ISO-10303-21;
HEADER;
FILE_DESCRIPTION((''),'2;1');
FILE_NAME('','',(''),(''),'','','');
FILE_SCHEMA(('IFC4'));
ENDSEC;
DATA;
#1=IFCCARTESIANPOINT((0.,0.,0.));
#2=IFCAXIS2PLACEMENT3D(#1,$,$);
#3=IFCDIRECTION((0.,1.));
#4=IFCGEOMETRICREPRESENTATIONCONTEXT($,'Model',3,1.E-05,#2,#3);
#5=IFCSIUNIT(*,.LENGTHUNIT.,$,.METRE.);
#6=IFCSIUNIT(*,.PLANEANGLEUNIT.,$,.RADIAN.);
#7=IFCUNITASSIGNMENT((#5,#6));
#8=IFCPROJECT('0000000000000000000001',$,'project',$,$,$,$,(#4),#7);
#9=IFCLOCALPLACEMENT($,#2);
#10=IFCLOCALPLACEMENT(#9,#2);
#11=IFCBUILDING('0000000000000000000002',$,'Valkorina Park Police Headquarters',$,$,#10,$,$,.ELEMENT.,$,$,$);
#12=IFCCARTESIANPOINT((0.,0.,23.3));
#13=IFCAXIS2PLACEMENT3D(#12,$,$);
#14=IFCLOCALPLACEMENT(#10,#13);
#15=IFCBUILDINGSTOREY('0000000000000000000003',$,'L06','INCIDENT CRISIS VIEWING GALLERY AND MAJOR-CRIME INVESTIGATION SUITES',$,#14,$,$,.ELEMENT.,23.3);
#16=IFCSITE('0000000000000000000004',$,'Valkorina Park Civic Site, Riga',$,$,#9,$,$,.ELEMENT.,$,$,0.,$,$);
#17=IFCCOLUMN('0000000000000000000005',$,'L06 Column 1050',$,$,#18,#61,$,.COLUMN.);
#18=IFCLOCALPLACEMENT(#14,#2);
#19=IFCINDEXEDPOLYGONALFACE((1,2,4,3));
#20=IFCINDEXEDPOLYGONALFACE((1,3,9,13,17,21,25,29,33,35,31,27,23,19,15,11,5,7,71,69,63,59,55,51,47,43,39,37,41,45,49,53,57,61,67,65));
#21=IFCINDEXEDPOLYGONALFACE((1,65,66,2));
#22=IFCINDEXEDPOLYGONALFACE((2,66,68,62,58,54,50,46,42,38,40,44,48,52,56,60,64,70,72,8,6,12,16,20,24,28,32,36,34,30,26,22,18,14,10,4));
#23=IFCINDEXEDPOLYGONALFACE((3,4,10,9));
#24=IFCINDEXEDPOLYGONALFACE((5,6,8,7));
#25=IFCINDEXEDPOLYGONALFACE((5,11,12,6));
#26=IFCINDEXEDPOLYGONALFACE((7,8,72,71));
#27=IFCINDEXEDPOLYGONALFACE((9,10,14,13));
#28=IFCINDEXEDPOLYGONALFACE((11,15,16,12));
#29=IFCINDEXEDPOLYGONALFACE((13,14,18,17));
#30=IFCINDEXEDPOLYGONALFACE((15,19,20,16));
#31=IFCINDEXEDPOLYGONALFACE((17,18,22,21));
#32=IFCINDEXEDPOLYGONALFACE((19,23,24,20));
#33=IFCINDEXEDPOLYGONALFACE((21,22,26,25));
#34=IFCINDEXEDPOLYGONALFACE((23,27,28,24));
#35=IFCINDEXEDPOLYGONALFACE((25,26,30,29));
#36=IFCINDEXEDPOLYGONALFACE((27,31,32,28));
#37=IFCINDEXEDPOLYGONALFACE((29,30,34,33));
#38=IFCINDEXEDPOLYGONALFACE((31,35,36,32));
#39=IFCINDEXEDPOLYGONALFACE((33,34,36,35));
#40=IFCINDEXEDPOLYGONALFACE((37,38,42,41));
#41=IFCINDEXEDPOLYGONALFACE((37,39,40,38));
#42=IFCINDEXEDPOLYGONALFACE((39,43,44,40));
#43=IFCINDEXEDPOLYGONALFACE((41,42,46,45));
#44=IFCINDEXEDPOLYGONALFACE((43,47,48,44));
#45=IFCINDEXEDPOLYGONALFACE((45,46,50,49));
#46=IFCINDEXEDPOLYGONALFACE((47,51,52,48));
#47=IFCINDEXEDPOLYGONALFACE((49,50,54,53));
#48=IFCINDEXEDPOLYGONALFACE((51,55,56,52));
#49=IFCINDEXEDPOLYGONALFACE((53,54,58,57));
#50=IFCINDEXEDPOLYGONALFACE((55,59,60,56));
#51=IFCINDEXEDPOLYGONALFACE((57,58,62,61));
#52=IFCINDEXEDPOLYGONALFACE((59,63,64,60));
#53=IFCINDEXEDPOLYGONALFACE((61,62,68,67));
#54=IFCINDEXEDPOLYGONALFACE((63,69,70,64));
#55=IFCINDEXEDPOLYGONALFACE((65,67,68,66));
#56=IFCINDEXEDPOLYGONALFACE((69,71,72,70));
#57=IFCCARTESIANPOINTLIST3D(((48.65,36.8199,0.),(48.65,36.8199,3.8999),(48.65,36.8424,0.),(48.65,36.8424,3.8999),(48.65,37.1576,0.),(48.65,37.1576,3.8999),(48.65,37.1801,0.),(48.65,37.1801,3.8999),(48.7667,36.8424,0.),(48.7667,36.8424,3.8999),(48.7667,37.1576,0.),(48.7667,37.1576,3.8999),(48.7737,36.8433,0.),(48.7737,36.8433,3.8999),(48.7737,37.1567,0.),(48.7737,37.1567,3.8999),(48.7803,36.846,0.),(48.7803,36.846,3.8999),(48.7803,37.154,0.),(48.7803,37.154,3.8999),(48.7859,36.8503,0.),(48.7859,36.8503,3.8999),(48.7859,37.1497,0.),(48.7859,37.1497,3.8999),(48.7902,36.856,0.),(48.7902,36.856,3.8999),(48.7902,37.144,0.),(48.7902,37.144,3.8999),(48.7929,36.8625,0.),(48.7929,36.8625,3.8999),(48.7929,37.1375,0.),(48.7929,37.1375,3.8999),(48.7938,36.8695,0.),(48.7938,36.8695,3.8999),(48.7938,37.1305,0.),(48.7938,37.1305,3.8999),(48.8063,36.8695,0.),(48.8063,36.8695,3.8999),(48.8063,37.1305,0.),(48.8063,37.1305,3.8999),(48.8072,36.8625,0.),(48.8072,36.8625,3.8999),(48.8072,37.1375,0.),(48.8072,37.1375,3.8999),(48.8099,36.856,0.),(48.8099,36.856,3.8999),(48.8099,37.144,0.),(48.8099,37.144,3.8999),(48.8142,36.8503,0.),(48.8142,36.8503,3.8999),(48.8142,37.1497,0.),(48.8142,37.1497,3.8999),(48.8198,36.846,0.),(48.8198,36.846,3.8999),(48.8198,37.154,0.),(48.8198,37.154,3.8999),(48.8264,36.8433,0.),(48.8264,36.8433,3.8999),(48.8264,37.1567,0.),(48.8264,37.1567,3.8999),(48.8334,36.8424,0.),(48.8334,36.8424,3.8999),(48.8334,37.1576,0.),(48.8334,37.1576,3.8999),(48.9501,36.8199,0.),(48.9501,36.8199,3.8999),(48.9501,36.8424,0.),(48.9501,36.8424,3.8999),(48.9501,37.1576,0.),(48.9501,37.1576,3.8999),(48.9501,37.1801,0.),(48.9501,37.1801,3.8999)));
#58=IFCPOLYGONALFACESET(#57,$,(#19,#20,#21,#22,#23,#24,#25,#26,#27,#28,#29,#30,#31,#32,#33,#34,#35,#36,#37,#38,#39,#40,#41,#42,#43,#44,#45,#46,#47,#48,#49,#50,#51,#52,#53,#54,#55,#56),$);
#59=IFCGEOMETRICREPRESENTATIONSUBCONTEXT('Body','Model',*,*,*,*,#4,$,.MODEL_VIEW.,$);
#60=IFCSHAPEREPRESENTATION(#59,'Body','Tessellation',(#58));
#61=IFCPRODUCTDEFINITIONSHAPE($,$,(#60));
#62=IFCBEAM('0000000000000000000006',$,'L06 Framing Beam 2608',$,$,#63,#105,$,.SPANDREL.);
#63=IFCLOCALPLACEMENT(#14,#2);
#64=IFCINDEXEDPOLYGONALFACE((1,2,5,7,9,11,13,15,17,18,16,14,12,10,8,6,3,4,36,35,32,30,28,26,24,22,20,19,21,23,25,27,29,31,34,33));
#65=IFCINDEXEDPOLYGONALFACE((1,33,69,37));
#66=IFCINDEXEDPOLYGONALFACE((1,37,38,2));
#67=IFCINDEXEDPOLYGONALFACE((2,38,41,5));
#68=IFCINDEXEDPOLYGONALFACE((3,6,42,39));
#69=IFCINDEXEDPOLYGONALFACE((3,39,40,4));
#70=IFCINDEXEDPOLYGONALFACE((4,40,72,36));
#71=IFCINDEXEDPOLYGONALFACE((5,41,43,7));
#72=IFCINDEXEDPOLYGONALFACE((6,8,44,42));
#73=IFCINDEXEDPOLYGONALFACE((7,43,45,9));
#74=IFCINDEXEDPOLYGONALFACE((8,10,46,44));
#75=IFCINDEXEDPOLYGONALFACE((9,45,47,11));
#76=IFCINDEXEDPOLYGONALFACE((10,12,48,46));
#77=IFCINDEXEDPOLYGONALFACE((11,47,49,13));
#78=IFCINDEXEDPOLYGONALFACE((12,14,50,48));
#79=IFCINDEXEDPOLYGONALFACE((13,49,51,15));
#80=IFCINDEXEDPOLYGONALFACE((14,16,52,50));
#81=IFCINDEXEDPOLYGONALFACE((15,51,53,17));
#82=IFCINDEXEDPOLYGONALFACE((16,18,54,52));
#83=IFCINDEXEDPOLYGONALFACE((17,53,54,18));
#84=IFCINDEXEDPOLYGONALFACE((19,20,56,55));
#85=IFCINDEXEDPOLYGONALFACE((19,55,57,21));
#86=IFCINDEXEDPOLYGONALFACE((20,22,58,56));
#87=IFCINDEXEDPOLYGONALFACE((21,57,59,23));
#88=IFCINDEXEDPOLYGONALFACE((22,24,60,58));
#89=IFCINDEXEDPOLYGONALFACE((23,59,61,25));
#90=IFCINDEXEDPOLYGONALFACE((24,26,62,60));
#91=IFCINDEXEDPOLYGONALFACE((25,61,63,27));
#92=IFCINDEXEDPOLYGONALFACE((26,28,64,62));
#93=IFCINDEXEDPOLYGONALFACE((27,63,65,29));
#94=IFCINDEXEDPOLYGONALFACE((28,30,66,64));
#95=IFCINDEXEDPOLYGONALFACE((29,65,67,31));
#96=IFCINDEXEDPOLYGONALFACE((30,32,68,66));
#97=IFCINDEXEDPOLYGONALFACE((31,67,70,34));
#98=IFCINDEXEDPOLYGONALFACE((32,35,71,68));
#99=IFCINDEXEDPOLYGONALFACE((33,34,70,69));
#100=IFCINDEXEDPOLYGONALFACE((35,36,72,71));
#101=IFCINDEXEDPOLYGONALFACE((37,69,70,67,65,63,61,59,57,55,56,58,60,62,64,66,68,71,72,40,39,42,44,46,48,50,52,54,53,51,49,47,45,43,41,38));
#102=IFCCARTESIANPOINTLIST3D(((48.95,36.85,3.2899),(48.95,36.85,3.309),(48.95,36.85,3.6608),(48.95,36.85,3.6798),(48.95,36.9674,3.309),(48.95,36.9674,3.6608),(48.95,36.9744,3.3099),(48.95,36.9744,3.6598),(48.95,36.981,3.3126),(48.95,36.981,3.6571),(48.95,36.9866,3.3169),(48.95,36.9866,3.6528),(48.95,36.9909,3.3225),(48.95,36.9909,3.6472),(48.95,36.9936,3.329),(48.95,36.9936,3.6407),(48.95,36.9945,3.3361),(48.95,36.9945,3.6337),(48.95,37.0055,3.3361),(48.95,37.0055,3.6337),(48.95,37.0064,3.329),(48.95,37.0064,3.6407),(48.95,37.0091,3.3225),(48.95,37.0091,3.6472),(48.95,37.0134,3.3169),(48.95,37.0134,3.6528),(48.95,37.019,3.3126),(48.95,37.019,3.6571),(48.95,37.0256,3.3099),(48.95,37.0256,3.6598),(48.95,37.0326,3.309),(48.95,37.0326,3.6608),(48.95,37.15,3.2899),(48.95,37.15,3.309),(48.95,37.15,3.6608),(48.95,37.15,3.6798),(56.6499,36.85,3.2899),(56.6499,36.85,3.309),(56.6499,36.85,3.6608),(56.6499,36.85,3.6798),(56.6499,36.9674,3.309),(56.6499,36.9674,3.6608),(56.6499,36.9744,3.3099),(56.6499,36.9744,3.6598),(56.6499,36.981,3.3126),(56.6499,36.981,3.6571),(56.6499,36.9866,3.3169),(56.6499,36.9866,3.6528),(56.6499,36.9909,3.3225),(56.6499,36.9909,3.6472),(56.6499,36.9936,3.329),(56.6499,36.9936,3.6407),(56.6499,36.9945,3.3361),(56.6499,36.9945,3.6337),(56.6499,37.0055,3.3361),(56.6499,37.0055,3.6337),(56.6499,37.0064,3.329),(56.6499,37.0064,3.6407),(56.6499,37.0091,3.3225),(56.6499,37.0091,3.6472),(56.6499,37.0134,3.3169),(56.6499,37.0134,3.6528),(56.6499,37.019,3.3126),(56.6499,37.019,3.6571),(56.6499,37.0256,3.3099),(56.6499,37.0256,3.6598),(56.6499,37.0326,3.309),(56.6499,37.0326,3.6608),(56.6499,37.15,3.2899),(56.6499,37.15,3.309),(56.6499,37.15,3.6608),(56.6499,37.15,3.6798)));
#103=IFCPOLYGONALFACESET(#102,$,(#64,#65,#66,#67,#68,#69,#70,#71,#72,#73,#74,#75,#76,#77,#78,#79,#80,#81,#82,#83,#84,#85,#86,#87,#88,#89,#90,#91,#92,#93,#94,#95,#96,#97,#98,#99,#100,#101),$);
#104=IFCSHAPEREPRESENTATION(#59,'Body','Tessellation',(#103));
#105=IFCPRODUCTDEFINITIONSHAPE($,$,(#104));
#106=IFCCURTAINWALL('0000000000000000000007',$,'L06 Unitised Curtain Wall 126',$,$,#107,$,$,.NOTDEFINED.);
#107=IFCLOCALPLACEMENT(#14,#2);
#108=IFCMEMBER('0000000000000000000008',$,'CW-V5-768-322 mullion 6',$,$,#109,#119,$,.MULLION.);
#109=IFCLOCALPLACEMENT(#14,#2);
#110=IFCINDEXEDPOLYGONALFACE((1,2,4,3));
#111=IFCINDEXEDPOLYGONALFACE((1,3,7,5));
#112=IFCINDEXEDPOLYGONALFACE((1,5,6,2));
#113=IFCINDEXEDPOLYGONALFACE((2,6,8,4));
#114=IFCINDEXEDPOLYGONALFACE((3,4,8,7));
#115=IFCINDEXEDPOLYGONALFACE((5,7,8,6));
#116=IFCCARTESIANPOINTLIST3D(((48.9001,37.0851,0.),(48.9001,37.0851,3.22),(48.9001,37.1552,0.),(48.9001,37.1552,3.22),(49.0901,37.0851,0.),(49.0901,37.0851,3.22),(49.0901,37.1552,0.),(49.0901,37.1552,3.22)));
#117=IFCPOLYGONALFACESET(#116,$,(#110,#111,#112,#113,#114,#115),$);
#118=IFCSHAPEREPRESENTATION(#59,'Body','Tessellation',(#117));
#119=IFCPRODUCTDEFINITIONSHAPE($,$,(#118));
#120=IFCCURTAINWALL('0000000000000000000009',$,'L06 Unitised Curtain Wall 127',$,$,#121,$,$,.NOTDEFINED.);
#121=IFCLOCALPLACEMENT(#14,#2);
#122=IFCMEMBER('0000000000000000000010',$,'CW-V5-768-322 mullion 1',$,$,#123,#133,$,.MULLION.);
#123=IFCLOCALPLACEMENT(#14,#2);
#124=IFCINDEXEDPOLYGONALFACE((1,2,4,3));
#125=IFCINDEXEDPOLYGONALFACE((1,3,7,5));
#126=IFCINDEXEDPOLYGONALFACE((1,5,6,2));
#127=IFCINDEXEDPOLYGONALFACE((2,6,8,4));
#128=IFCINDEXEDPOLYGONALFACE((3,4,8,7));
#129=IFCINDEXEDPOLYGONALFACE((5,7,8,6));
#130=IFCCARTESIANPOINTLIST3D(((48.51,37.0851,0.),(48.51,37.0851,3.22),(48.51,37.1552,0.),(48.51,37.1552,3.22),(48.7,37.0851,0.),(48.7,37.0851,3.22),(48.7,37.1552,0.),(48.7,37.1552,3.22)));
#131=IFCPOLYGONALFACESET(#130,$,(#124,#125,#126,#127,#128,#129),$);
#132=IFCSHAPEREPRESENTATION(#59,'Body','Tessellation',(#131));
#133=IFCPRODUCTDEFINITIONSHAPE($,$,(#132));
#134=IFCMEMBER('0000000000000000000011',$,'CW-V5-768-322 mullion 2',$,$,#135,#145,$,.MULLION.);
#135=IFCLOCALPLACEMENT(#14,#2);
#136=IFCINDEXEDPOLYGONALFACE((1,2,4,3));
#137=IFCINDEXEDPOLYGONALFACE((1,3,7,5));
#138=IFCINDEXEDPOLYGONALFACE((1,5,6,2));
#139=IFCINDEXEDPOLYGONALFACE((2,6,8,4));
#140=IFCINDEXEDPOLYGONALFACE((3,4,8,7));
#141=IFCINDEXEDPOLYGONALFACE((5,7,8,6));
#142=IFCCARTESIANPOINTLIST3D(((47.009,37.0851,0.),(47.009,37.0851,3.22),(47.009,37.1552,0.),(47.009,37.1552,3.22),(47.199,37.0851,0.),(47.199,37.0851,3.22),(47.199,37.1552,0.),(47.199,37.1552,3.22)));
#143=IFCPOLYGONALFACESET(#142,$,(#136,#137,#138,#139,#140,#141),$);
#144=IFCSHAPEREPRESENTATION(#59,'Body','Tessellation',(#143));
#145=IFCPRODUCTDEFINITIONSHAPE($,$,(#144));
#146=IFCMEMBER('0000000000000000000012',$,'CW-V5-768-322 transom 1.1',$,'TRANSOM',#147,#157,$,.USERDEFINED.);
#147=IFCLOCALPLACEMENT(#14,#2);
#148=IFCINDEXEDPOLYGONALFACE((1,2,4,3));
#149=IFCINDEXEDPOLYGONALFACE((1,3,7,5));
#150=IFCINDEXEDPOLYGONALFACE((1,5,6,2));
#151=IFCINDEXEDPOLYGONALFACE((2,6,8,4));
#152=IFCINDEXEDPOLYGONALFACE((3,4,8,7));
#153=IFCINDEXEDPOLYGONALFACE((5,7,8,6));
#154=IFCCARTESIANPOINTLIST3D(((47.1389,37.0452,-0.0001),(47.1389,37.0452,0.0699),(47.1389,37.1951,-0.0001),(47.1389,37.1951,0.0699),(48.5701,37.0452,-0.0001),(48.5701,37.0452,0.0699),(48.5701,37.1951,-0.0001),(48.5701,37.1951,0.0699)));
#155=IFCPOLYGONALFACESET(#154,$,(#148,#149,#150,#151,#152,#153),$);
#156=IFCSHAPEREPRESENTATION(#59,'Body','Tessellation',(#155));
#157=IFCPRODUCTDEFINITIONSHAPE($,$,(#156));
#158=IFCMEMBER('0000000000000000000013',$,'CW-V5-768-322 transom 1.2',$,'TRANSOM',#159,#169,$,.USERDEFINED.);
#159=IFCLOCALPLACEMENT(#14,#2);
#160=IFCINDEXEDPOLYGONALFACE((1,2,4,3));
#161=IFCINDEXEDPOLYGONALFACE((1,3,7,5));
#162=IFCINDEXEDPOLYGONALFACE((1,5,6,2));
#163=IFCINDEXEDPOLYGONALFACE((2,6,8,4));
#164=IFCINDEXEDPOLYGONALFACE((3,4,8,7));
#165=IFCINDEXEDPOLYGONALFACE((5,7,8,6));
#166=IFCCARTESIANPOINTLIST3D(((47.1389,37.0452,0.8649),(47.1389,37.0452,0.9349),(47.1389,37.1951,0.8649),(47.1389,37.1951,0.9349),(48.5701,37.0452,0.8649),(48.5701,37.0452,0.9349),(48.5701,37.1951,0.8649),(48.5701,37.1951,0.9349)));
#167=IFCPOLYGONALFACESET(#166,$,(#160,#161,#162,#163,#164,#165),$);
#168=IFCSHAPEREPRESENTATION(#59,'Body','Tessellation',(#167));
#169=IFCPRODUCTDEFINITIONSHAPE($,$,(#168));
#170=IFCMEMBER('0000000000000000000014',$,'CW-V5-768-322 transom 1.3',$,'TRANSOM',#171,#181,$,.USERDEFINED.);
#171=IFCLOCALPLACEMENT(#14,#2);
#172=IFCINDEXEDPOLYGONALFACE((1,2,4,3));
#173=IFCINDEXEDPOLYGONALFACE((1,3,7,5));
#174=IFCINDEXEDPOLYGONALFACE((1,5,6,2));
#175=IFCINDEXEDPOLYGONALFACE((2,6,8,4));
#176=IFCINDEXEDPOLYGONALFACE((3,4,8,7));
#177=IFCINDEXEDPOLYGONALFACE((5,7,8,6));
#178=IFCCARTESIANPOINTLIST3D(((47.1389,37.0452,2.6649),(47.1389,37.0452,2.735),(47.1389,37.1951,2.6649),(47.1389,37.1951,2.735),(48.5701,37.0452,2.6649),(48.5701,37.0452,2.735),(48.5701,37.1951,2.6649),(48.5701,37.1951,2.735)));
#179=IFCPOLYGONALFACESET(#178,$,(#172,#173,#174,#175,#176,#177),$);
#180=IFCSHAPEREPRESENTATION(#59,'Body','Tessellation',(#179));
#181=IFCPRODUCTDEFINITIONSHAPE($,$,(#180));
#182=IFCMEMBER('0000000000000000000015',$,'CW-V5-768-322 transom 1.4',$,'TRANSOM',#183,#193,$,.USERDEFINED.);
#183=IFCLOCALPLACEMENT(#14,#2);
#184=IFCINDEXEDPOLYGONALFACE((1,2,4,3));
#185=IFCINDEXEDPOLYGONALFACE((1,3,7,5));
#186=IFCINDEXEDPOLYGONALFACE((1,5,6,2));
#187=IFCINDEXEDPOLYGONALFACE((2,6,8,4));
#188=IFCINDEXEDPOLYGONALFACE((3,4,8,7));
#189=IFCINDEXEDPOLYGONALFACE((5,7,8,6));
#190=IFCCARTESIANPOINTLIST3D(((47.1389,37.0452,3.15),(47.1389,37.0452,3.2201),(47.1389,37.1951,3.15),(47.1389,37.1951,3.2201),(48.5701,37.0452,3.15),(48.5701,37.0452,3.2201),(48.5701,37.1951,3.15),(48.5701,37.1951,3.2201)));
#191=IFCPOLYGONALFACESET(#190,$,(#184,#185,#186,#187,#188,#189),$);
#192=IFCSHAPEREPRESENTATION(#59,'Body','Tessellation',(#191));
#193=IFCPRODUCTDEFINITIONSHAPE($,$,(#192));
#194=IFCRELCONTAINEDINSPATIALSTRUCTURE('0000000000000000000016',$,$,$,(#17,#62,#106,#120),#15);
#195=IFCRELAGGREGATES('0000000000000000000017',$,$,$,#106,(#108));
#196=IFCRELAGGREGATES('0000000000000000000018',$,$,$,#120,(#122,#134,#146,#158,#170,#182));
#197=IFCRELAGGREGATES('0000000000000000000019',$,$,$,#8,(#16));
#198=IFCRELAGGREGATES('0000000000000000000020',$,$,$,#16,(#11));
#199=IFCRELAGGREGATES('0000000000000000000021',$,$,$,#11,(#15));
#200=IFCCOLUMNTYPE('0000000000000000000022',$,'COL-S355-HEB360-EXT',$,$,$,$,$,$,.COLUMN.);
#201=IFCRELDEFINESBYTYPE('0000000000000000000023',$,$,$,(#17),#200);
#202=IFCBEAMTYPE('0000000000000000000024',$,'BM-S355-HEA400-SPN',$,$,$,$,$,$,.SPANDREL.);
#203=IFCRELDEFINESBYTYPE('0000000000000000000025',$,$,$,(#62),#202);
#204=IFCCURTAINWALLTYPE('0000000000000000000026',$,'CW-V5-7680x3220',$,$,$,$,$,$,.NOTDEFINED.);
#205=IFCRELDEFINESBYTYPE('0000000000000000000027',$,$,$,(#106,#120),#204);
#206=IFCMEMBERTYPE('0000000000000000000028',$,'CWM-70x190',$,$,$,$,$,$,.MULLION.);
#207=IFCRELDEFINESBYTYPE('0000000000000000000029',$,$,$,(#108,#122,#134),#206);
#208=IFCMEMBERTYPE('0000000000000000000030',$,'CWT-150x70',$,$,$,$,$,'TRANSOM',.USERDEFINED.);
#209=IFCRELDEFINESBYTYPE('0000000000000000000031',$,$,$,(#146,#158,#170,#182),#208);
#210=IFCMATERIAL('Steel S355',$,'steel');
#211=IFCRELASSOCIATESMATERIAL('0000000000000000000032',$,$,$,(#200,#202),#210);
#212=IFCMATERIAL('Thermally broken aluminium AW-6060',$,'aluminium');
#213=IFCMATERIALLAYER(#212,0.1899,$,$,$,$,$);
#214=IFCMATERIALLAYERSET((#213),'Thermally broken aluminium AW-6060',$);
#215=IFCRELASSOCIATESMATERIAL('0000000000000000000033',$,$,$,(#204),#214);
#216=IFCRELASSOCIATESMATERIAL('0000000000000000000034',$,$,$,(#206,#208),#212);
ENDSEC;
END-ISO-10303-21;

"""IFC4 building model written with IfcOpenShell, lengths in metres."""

from ifc_helpers import new_model, si_unit, direction, frame, origin, origin_2d, place, context, subcontext, project, spatial, rectangle, i_section, extrude, material, layer, layer_set, material_profile, profile_set, type_object, element, aggregate, save


model = new_model("IFC4")

# Units and contexts
model_context = context("Model", 3, precision=1e-05, world=origin(), true_north=direction((0.0, 1.0)))
body_context = subcontext(model_context, "Body", "Model", "MODEL_VIEW")
ifc_project = project(units=[si_unit("LENGTHUNIT", "METRE"), si_unit("PLANEANGLEUNIT", "RADIAN")], contexts=[model_context])

# Site, building, storey
site_placement = place(None, origin())
site = spatial("IfcSite", under=ifc_project, at=site_placement, Name="Valkorina Park Civic Site, Riga", CompositionType="ELEMENT", RefElevation=0.0)
building_placement = place(site_placement, origin())
building = spatial("IfcBuilding", under=site, at=building_placement, Name="Valkorina Park Police Headquarters", CompositionType="ELEMENT")
storey_placement = place(building_placement, frame((0.0, 0.0, 23.3)))
storey = spatial("IfcBuildingStorey", under=building, at=storey_placement, Name="L06", Description="INCIDENT CRISIS VIEWING GALLERY AND MAJOR-CRIME INVESTIGATION SUITES", CompositionType="ELEMENT", Elevation=23.3)

# Column
ifc_material_1 = material(Name="Steel S355", Category="steel")
ifc_material_profile_1 = material_profile(ifc_material_1, i_section(OverallWidth=0.3, OverallDepth=0.3601, WebThickness=0.0125, FlangeThickness=0.0225, FilletRadius=0.0271, at=origin_2d()), Name="HEB 360")
ifc_profile_set_1 = profile_set([ifc_material_profile_1], Name="Steel S355")
column_type = type_object("IfcColumnType", Name="COL-S355-HEB360-EXT", PredefinedType="COLUMN", material=ifc_profile_set_1)
column_placement = place(storey_placement, frame((48.8, 37.0, 0.0), z_axis=(0.0, 0.0, 1.0), x_axis=(1.0, 0.0, 0.0)))
element("IfcColumn", 1, at=column_placement, inside=storey, type_object=column_type, Name="L06 Column 1050", PredefinedType="COLUMN", context=body_context, shape_type="SweptSolid", body=[
    extrude(i_section(OverallWidth=0.3, OverallDepth=0.3601, WebThickness=0.0125, FlangeThickness=0.0225, FilletRadius=0.0271, at=origin_2d()), origin(), (0.0, 0.0, 1.0), 3.8999),
])

# Beam
ifc_material_profile_2 = material_profile(ifc_material_1, i_section(OverallWidth=0.3, OverallDepth=0.3899, WebThickness=0.011, FlangeThickness=0.019, FilletRadius=0.0271, at=origin_2d()), Name="HEA 400")
ifc_profile_set_2 = profile_set([ifc_material_profile_2], Name="Steel S355")
beam_type = type_object("IfcBeamType", Name="BM-S355-HEA400-SPN", PredefinedType="SPANDREL", material=ifc_profile_set_2)
beam_placement = place(storey_placement, frame((48.95, 37.0, 3.4849), z_axis=(1.0, 0.0, 0.0), x_axis=(0.0, 1.0, 0.0)))
element("IfcBeam", 2, at=beam_placement, inside=storey, type_object=beam_type, Name="L06 Framing Beam 2608", PredefinedType="SPANDREL", context=body_context, shape_type="SweptSolid", body=[
    extrude(i_section(OverallWidth=0.3, OverallDepth=0.3899, WebThickness=0.011, FlangeThickness=0.019, FilletRadius=0.0271, at=origin_2d()), origin(), (0.0, 0.0, 1.0), 7.7),
])

# Curtain wall, member
ifc_material_2 = material(Name="Thermally broken aluminium AW-6060", Category="aluminium")
ifc_layer_1 = layer(ifc_material_2, 0.1899)
ifc_layer_set_1 = layer_set([ifc_layer_1], Name="Thermally broken aluminium AW-6060")
curtain_wall_type = type_object("IfcCurtainWallType", Name="CW-V5-7680x3220", PredefinedType="NOTDEFINED", material=ifc_layer_set_1)
curtain_wall_1_placement = place(storey_placement, origin())
curtain_wall_1 = element("IfcCurtainWall", 3, at=curtain_wall_1_placement, inside=storey, type_object=curtain_wall_type, Name="L06 Unitised Curtain Wall 126", PredefinedType="NOTDEFINED")
ifc_material_profile_3 = material_profile(ifc_material_2, rectangle(XDim=0.0701, YDim=0.1899, at=origin_2d()), Name="CWM-02 70x190")
ifc_profile_set_3 = profile_set([ifc_material_profile_3], Name="Thermally broken aluminium AW-6060")
member_type_1 = type_object("IfcMemberType", Name="CWM-70x190", PredefinedType="MULLION", material=ifc_profile_set_3)
member_1_placement = place(storey_placement, frame((48.9951, 37.1201, 0.0), z_axis=(0.0, 0.0, 1.0), x_axis=(0.0, -1.0, 0.0)))
member_1 = element("IfcMember", 4, at=member_1_placement, type_object=member_type_1, Name="CW-V5-768-322 mullion 6", PredefinedType="MULLION", context=body_context, shape_type="SweptSolid", body=[
    extrude(rectangle(XDim=0.0701, YDim=0.1899, at=origin_2d()), origin(), (0.0, 0.0, 1.0), 3.22),
])

# Curtain wall, members
curtain_wall_2_placement = place(storey_placement, origin())
curtain_wall_2 = element("IfcCurtainWall", 5, at=curtain_wall_2_placement, inside=storey, type_object=curtain_wall_type, Name="L06 Unitised Curtain Wall 127", PredefinedType="NOTDEFINED")
member_2_placement = place(storey_placement, frame((48.605, 37.1201, 0.0), z_axis=(0.0, 0.0, 1.0), x_axis=(0.0, -1.0, 0.0)))
member_2 = element("IfcMember", 6, at=member_2_placement, type_object=member_type_1, Name="CW-V5-768-322 mullion 1", PredefinedType="MULLION", context=body_context, shape_type="SweptSolid", body=[
    extrude(rectangle(XDim=0.0701, YDim=0.1899, at=origin_2d()), origin(), (0.0, 0.0, 1.0), 3.22),
])
member_3_placement = place(storey_placement, frame((47.104, 37.1201, 0.0), z_axis=(0.0, 0.0, 1.0), x_axis=(0.0, -1.0, 0.0)))
member_3 = element("IfcMember", 7, at=member_3_placement, type_object=member_type_1, Name="CW-V5-768-322 mullion 2", PredefinedType="MULLION", context=body_context, shape_type="SweptSolid", body=[
    extrude(rectangle(XDim=0.0701, YDim=0.1899, at=origin_2d()), origin(), (0.0, 0.0, 1.0), 3.22),
])
ifc_material_profile_4 = material_profile(ifc_material_2, rectangle(XDim=0.1499, YDim=0.0701, at=origin_2d()), Name="CWT-02 150x70")
ifc_profile_set_4 = profile_set([ifc_material_profile_4], Name="Thermally broken aluminium AW-6060")
member_type_2 = type_object("IfcMemberType", Name="CWT-150x70", ElementType="TRANSOM", PredefinedType="USERDEFINED", material=ifc_profile_set_4)
member_4_placement = place(storey_placement, frame((48.5701, 37.1201, 0.0349), z_axis=(-1.0, 0.0, 0.0), x_axis=(0.0, -1.0, 0.0)))
member_4 = element("IfcMember", 8, at=member_4_placement, type_object=member_type_2, Name="CW-V5-768-322 transom 1.1", ObjectType="TRANSOM", PredefinedType="USERDEFINED", context=body_context, shape_type="SweptSolid", body=[
    extrude(rectangle(XDim=0.1499, YDim=0.0701, at=origin_2d()), origin(), (0.0, 0.0, 1.0), 1.4312),
])
member_5_placement = place(storey_placement, frame((48.5701, 37.1201, 0.8999), z_axis=(-1.0, 0.0, 0.0), x_axis=(0.0, -1.0, 0.0)))
member_5 = element("IfcMember", 9, at=member_5_placement, type_object=member_type_2, Name="CW-V5-768-322 transom 1.2", ObjectType="TRANSOM", PredefinedType="USERDEFINED", context=body_context, shape_type="SweptSolid", body=[
    extrude(rectangle(XDim=0.1499, YDim=0.0701, at=origin_2d()), origin(), (0.0, 0.0, 1.0), 1.4312),
])
member_6_placement = place(storey_placement, frame((48.5701, 37.1201, 2.7), z_axis=(-1.0, 0.0, 0.0), x_axis=(0.0, -1.0, 0.0)))
member_6 = element("IfcMember", 10, at=member_6_placement, type_object=member_type_2, Name="CW-V5-768-322 transom 1.3", ObjectType="TRANSOM", PredefinedType="USERDEFINED", context=body_context, shape_type="SweptSolid", body=[
    extrude(rectangle(XDim=0.1499, YDim=0.0701, at=origin_2d()), origin(), (0.0, 0.0, 1.0), 1.4312),
])
member_7_placement = place(storey_placement, frame((48.5701, 37.1201, 3.1851), z_axis=(-1.0, 0.0, 0.0), x_axis=(0.0, -1.0, 0.0)))
member_7 = element("IfcMember", 11, at=member_7_placement, type_object=member_type_2, Name="CW-V5-768-322 transom 1.4", ObjectType="TRANSOM", PredefinedType="USERDEFINED", context=body_context, shape_type="SweptSolid", body=[
    extrude(rectangle(XDim=0.1499, YDim=0.0701, at=origin_2d()), origin(), (0.0, 0.0, 1.0), 1.4312),
])

aggregate(curtain_wall_1, [member_1])
aggregate(curtain_wall_2, [member_2, member_3, member_4, member_5, member_6, member_7])

save(model, "model.ifc")
